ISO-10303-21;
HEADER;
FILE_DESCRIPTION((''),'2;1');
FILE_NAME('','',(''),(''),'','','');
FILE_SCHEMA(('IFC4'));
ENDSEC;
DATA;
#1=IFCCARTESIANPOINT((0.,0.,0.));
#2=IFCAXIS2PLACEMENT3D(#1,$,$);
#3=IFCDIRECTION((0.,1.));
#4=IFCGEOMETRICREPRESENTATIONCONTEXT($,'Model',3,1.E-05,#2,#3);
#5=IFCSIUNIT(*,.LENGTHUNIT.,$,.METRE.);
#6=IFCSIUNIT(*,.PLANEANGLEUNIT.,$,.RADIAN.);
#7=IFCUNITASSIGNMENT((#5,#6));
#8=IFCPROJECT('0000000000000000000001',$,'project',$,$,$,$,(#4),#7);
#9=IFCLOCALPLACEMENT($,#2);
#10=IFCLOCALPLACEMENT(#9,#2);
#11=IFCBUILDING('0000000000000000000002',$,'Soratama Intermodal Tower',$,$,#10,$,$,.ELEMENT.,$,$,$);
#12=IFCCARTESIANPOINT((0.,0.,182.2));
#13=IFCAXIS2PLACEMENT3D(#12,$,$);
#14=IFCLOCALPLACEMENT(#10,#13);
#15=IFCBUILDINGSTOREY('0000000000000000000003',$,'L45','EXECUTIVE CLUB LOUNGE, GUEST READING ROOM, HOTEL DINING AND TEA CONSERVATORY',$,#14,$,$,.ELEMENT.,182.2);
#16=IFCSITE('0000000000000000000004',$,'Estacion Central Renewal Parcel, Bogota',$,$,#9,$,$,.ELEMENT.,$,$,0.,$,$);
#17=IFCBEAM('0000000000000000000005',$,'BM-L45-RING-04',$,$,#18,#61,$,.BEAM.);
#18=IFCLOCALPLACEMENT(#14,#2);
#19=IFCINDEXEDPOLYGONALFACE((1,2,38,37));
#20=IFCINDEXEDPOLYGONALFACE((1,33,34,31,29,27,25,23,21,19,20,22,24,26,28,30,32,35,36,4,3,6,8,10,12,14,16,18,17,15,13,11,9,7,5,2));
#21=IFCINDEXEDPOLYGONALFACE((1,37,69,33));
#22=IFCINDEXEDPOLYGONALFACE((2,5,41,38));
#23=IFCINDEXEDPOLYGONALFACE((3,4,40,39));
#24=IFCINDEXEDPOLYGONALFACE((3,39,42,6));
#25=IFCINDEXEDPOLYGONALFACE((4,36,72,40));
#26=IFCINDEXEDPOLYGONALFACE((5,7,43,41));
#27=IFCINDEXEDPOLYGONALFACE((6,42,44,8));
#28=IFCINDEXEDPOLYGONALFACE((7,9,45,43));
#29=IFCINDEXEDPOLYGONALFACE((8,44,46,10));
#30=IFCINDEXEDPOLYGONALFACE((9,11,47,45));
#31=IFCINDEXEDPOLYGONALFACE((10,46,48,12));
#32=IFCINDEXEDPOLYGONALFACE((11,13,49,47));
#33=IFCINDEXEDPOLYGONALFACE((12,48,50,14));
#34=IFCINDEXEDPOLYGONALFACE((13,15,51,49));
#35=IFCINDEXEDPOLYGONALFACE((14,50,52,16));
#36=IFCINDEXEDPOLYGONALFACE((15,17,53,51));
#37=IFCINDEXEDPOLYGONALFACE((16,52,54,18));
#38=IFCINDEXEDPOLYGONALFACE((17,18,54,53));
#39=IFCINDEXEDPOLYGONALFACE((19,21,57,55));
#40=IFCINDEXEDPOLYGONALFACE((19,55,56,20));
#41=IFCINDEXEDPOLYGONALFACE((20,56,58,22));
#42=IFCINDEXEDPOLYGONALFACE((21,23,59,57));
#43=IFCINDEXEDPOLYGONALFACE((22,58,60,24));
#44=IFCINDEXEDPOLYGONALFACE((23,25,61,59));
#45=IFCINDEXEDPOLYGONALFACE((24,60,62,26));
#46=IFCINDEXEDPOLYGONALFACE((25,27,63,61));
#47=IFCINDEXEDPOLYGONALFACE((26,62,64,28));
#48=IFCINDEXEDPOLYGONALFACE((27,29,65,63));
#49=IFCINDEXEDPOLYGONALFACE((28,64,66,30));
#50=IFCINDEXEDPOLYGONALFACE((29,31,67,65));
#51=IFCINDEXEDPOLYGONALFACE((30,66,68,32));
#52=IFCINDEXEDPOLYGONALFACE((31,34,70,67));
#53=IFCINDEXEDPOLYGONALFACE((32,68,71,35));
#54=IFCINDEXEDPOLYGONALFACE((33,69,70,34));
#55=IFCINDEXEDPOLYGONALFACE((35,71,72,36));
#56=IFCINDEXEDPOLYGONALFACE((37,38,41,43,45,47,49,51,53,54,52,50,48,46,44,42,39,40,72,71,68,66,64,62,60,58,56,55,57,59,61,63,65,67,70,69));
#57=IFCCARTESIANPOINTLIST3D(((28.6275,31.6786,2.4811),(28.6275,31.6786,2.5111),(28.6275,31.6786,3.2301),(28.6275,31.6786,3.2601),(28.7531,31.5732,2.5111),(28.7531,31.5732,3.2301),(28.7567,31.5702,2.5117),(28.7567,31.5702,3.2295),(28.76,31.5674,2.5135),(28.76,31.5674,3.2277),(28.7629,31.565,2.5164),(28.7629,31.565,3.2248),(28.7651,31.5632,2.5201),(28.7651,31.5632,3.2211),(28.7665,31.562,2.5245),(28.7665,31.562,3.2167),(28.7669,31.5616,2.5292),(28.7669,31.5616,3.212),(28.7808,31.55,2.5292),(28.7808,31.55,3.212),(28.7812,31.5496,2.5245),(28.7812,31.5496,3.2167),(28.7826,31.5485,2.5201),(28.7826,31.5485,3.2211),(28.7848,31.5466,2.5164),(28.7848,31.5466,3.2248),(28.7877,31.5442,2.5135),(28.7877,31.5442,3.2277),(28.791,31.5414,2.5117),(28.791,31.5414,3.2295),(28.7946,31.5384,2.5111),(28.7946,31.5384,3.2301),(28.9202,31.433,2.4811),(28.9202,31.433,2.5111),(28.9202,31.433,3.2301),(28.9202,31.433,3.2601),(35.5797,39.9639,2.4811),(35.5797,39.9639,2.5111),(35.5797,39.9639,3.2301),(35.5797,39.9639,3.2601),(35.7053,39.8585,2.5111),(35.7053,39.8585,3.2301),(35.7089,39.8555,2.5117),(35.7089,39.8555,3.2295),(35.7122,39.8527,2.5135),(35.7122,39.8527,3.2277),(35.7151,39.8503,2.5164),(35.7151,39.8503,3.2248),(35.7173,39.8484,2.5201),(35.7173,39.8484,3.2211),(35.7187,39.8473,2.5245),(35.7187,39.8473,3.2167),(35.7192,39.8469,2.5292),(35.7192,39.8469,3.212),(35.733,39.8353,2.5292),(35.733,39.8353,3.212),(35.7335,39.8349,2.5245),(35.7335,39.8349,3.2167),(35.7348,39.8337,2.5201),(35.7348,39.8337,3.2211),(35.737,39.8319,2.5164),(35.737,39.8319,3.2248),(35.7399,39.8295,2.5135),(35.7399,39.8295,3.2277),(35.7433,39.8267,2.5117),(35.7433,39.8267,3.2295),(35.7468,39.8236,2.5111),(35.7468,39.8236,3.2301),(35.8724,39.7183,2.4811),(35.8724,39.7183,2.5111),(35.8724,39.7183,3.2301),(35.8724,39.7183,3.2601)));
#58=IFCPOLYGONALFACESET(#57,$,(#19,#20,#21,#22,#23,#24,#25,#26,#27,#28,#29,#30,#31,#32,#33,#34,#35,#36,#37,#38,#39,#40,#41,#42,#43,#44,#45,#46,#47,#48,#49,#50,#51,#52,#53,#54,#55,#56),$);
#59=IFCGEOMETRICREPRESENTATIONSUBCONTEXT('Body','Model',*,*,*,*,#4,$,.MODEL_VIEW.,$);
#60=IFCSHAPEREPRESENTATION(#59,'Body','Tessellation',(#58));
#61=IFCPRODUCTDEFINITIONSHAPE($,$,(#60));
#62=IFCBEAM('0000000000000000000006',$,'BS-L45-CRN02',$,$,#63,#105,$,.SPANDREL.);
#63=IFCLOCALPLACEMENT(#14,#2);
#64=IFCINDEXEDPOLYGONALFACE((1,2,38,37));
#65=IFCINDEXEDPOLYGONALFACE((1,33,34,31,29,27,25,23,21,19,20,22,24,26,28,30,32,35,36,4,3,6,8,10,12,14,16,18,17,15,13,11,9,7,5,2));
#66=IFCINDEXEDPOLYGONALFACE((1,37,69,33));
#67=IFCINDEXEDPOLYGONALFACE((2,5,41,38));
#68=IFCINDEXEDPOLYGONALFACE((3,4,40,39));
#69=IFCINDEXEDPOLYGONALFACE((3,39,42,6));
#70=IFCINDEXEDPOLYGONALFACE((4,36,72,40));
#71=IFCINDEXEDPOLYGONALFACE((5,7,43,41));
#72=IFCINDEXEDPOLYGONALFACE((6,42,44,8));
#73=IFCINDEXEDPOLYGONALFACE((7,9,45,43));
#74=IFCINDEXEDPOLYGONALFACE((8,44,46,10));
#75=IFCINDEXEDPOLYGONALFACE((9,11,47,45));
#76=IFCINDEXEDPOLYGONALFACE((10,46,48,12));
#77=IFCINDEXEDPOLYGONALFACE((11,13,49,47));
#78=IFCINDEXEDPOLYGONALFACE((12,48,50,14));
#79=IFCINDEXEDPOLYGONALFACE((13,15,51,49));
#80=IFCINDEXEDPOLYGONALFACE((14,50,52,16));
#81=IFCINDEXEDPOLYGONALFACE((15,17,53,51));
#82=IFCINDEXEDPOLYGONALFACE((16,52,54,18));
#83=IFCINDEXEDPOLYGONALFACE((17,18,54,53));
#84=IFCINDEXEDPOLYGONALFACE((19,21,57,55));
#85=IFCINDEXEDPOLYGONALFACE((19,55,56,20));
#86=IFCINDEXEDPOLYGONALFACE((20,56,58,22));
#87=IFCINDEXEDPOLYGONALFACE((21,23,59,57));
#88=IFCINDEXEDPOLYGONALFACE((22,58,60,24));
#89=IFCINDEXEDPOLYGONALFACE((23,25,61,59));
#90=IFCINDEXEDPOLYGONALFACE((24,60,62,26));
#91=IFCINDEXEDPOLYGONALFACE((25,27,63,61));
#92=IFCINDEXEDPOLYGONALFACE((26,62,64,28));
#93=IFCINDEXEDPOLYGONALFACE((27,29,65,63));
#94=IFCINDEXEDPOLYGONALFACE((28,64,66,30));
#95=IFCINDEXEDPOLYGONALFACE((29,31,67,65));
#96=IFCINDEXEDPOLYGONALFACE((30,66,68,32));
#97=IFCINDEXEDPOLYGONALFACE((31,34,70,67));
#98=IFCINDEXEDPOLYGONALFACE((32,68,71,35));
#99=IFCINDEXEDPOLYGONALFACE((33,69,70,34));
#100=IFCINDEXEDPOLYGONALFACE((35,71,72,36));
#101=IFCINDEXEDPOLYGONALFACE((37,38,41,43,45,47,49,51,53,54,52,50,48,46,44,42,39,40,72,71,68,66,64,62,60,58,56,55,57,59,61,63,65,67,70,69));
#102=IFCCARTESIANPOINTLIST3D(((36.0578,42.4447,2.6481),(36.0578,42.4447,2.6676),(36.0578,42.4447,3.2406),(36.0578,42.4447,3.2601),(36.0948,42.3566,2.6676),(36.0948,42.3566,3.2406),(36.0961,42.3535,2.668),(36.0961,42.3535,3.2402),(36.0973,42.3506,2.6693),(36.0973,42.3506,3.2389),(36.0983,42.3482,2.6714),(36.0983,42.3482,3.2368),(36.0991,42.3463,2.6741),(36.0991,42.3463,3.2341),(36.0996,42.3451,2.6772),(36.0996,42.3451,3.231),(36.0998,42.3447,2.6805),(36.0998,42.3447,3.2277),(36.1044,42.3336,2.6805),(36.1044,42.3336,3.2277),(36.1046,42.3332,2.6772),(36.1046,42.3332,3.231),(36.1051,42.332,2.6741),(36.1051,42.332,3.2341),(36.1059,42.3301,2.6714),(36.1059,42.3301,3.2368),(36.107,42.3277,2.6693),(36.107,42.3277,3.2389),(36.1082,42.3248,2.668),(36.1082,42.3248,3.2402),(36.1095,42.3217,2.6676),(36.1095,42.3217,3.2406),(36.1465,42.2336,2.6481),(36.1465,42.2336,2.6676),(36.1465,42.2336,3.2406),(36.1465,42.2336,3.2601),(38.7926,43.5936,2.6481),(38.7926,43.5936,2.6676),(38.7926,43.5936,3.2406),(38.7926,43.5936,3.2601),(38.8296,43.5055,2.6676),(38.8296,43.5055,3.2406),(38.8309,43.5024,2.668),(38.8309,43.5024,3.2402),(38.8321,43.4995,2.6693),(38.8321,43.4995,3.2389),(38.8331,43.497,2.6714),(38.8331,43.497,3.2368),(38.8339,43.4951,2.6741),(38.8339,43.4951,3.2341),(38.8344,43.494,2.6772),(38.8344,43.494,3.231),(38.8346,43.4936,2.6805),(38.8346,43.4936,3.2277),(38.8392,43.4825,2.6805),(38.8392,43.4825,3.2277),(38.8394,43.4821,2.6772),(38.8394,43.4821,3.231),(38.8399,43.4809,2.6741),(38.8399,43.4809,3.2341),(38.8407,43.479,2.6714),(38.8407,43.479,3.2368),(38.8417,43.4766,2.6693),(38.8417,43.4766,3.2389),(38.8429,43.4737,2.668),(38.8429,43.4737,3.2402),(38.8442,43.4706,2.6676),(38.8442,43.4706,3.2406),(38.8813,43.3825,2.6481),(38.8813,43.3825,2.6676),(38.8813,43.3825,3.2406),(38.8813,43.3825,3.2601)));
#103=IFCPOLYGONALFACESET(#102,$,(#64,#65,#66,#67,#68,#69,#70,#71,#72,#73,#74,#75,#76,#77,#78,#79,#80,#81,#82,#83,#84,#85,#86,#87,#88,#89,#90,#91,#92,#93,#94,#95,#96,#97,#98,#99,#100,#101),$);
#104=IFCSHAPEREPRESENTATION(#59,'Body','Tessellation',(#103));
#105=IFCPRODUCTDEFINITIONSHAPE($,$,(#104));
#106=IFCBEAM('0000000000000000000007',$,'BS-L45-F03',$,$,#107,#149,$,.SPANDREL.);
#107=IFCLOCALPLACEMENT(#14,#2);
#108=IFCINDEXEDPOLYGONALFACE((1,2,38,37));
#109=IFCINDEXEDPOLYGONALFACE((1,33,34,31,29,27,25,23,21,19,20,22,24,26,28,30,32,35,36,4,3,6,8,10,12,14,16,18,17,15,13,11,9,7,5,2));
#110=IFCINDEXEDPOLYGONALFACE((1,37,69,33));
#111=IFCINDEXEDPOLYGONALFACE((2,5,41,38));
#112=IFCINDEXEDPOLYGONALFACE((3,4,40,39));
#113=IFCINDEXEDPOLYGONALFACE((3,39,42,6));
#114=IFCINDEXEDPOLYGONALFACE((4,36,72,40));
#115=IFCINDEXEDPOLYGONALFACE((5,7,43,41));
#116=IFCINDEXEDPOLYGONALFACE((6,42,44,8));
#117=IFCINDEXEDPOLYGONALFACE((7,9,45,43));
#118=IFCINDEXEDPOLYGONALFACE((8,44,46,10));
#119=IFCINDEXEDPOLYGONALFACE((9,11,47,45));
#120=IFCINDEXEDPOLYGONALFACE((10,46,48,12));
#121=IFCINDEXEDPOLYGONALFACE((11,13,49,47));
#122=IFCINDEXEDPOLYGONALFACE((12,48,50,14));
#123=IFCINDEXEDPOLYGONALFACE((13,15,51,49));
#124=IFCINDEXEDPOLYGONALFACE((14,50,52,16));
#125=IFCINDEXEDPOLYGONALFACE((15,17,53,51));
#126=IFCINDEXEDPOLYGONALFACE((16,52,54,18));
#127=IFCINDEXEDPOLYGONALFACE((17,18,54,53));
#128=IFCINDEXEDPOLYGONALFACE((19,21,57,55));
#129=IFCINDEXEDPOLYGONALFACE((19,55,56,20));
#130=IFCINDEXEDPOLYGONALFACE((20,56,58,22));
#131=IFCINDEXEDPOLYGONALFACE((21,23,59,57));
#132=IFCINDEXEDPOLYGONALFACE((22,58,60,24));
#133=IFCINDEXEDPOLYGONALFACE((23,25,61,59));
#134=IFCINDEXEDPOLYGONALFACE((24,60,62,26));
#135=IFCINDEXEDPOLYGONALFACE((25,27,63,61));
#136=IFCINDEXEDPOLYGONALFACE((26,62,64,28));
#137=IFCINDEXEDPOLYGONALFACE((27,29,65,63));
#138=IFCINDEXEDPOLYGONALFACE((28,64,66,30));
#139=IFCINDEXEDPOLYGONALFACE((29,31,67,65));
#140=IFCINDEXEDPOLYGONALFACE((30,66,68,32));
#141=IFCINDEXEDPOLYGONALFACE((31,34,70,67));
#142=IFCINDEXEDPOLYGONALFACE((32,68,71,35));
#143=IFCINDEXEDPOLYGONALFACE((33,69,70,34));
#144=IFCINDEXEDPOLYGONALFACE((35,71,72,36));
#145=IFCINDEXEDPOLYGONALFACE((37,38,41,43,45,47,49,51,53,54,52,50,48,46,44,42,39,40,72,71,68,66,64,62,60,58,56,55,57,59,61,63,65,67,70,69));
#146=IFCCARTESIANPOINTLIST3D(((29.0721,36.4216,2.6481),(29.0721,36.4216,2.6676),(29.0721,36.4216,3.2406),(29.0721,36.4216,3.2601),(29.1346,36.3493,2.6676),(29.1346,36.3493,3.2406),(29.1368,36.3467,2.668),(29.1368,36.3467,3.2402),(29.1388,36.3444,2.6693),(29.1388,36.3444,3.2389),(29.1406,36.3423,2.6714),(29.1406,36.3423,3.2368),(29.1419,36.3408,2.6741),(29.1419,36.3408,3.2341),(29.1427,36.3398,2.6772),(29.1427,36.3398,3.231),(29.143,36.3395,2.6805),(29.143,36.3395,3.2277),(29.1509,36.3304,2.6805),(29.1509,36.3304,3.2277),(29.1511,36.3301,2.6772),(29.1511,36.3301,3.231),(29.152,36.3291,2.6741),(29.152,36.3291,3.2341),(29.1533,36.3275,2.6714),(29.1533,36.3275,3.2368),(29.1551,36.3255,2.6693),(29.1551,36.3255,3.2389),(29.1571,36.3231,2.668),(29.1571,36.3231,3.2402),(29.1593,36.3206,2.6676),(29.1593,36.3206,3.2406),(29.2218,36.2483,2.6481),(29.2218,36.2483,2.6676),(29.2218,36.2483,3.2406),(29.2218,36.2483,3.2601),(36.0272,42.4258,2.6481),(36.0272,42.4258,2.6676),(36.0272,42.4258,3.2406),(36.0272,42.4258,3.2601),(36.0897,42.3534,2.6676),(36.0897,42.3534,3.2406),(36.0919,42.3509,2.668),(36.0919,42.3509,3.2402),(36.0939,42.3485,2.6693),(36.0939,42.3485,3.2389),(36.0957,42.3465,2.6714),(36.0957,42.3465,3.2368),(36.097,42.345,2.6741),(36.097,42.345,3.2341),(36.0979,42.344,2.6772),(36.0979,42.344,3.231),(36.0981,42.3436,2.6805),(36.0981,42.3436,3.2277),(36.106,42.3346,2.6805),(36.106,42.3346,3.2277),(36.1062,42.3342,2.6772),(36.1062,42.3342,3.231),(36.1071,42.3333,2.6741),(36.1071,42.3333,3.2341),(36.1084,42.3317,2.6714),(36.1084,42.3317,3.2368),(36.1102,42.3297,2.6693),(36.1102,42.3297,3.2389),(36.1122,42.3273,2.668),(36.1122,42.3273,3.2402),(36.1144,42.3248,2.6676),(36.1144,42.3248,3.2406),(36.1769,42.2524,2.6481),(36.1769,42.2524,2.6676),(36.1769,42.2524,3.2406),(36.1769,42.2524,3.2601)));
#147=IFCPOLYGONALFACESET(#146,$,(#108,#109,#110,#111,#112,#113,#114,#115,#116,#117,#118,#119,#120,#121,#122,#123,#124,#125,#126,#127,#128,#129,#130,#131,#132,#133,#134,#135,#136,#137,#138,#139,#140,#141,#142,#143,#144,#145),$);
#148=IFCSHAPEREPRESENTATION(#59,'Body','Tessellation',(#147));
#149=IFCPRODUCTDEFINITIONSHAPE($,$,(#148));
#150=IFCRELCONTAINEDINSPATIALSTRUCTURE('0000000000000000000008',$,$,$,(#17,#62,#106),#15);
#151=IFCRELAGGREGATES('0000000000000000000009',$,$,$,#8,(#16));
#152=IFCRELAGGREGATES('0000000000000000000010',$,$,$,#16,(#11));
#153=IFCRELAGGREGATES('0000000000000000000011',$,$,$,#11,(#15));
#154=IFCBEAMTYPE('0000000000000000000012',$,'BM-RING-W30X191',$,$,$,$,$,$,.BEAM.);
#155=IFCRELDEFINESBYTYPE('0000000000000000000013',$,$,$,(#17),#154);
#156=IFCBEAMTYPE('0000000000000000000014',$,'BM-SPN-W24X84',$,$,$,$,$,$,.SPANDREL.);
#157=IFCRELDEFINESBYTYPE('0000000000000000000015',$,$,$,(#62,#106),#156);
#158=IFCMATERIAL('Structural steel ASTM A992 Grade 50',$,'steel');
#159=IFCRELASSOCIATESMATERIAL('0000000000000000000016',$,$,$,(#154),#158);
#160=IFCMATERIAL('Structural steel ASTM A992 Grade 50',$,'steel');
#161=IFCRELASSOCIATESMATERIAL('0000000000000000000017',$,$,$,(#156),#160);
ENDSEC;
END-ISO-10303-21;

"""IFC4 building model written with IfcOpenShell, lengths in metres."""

from ifc_helpers import new_model, si_unit, direction, frame, origin, origin_2d, place, context, subcontext, project, spatial, i_section, extrude, material, material_profile, profile_set, type_object, element, save


model = new_model("IFC4")

# Units and contexts
model_context = context("Model", 3, precision=1e-05, world=origin(), true_north=direction((0.0, 1.0)))
body_context = subcontext(model_context, "Body", "Model", "MODEL_VIEW")
ifc_project = project(units=[si_unit("LENGTHUNIT", "METRE"), si_unit("PLANEANGLEUNIT", "RADIAN")], contexts=[model_context])

# Site, building, storey
site_placement = place(None, origin())
site = spatial("IfcSite", under=ifc_project, at=site_placement, Name="Estacion Central Renewal Parcel, Bogota", CompositionType="ELEMENT", RefElevation=0.0)
building_placement = place(site_placement, origin())
building = spatial("IfcBuilding", under=site, at=building_placement, Name="Soratama Intermodal Tower", CompositionType="ELEMENT")
storey_placement = place(building_placement, frame((0.0, 0.0, 182.2)))
storey = spatial("IfcBuildingStorey", under=building, at=storey_placement, Name="L45", Description="EXECUTIVE CLUB LOUNGE, GUEST READING ROOM, HOTEL DINING AND TEA CONSERVATORY", CompositionType="ELEMENT", Elevation=182.2)

# Beams
ifc_material_1 = material(Name="Structural steel ASTM A992 Grade 50", Category="steel")
ifc_material_profile_1 = material_profile(ifc_material_1, i_section(OverallWidth=0.3821, OverallDepth=0.7791, WebThickness=0.0181, FlangeThickness=0.03, FilletRadius=0.0181, at=origin_2d()), Name="W30X191")
ifc_profile_set_1 = profile_set([ifc_material_profile_1], Name="Structural steel ASTM A992 Grade 50")
beam_type_1 = type_object("IfcBeamType", Name="BM-RING-W30X191", PredefinedType="BEAM", material=ifc_profile_set_1)
beam_1_placement = place(storey_placement, frame((35.7261, 39.8411, 2.8706), z_axis=(-0.642792, -0.766041, 0.0), x_axis=(0.766041, -0.642792, 0.0)))
element("IfcBeam", 1, at=beam_1_placement, inside=storey, type_object=beam_type_1, Name="BM-L45-RING-04", PredefinedType="BEAM", context=body_context, shape_type="SweptSolid", body=[
    extrude(i_section(OverallWidth=0.3821, OverallDepth=0.7791, WebThickness=0.0181, FlangeThickness=0.03, FilletRadius=0.0181, at=origin_2d()), origin(), (0.0, 0.0, 1.0), 10.8157),
])
ifc_material_2 = material(Name="Structural steel ASTM A992 Grade 50", Category="steel")
ifc_material_profile_2 = material_profile(ifc_material_2, i_section(OverallWidth=0.229, OverallDepth=0.6121, WebThickness=0.012, FlangeThickness=0.0195, FilletRadius=0.0129, at=origin_2d()), Name="W24X84")
ifc_profile_set_2 = profile_set([ifc_material_profile_2], Name="Structural steel ASTM A992 Grade 50")
beam_type_2 = type_object("IfcBeamType", Name="BM-SPN-W24X84", PredefinedType="SPANDREL", material=ifc_profile_set_2)
beam_2_placement = place(storey_placement, frame((38.8369, 43.488, 2.9541), z_axis=(-0.921948, -0.387314, 0.0), x_axis=(0.387314, -0.921948, 0.0)))
element("IfcBeam", 2, at=beam_2_placement, inside=storey, type_object=beam_type_2, Name="BS-L45-CRN02", PredefinedType="SPANDREL", context=body_context, shape_type="SweptSolid", body=[
    extrude(i_section(OverallWidth=0.229, OverallDepth=0.6121, WebThickness=0.012, FlangeThickness=0.0195, FilletRadius=0.0129, at=origin_2d()), origin(), (0.0, 0.0, 1.0), 2.9663),
])
beam_3_placement = place(storey_placement, frame((36.1021, 42.3391, 2.9541), z_axis=(-0.756958, -0.653464, 0.0), x_axis=(0.653464, -0.756958, 0.0)))
element("IfcBeam", 3, at=beam_3_placement, inside=storey, type_object=beam_type_2, Name="BS-L45-F03", PredefinedType="SPANDREL", context=body_context, shape_type="SweptSolid", body=[
    extrude(i_section(OverallWidth=0.229, OverallDepth=0.6121, WebThickness=0.012, FlangeThickness=0.0195, FilletRadius=0.0129, at=origin_2d()), origin(), (0.0, 0.0, 1.0), 9.1882),
])

save(model, "model.ifc")
